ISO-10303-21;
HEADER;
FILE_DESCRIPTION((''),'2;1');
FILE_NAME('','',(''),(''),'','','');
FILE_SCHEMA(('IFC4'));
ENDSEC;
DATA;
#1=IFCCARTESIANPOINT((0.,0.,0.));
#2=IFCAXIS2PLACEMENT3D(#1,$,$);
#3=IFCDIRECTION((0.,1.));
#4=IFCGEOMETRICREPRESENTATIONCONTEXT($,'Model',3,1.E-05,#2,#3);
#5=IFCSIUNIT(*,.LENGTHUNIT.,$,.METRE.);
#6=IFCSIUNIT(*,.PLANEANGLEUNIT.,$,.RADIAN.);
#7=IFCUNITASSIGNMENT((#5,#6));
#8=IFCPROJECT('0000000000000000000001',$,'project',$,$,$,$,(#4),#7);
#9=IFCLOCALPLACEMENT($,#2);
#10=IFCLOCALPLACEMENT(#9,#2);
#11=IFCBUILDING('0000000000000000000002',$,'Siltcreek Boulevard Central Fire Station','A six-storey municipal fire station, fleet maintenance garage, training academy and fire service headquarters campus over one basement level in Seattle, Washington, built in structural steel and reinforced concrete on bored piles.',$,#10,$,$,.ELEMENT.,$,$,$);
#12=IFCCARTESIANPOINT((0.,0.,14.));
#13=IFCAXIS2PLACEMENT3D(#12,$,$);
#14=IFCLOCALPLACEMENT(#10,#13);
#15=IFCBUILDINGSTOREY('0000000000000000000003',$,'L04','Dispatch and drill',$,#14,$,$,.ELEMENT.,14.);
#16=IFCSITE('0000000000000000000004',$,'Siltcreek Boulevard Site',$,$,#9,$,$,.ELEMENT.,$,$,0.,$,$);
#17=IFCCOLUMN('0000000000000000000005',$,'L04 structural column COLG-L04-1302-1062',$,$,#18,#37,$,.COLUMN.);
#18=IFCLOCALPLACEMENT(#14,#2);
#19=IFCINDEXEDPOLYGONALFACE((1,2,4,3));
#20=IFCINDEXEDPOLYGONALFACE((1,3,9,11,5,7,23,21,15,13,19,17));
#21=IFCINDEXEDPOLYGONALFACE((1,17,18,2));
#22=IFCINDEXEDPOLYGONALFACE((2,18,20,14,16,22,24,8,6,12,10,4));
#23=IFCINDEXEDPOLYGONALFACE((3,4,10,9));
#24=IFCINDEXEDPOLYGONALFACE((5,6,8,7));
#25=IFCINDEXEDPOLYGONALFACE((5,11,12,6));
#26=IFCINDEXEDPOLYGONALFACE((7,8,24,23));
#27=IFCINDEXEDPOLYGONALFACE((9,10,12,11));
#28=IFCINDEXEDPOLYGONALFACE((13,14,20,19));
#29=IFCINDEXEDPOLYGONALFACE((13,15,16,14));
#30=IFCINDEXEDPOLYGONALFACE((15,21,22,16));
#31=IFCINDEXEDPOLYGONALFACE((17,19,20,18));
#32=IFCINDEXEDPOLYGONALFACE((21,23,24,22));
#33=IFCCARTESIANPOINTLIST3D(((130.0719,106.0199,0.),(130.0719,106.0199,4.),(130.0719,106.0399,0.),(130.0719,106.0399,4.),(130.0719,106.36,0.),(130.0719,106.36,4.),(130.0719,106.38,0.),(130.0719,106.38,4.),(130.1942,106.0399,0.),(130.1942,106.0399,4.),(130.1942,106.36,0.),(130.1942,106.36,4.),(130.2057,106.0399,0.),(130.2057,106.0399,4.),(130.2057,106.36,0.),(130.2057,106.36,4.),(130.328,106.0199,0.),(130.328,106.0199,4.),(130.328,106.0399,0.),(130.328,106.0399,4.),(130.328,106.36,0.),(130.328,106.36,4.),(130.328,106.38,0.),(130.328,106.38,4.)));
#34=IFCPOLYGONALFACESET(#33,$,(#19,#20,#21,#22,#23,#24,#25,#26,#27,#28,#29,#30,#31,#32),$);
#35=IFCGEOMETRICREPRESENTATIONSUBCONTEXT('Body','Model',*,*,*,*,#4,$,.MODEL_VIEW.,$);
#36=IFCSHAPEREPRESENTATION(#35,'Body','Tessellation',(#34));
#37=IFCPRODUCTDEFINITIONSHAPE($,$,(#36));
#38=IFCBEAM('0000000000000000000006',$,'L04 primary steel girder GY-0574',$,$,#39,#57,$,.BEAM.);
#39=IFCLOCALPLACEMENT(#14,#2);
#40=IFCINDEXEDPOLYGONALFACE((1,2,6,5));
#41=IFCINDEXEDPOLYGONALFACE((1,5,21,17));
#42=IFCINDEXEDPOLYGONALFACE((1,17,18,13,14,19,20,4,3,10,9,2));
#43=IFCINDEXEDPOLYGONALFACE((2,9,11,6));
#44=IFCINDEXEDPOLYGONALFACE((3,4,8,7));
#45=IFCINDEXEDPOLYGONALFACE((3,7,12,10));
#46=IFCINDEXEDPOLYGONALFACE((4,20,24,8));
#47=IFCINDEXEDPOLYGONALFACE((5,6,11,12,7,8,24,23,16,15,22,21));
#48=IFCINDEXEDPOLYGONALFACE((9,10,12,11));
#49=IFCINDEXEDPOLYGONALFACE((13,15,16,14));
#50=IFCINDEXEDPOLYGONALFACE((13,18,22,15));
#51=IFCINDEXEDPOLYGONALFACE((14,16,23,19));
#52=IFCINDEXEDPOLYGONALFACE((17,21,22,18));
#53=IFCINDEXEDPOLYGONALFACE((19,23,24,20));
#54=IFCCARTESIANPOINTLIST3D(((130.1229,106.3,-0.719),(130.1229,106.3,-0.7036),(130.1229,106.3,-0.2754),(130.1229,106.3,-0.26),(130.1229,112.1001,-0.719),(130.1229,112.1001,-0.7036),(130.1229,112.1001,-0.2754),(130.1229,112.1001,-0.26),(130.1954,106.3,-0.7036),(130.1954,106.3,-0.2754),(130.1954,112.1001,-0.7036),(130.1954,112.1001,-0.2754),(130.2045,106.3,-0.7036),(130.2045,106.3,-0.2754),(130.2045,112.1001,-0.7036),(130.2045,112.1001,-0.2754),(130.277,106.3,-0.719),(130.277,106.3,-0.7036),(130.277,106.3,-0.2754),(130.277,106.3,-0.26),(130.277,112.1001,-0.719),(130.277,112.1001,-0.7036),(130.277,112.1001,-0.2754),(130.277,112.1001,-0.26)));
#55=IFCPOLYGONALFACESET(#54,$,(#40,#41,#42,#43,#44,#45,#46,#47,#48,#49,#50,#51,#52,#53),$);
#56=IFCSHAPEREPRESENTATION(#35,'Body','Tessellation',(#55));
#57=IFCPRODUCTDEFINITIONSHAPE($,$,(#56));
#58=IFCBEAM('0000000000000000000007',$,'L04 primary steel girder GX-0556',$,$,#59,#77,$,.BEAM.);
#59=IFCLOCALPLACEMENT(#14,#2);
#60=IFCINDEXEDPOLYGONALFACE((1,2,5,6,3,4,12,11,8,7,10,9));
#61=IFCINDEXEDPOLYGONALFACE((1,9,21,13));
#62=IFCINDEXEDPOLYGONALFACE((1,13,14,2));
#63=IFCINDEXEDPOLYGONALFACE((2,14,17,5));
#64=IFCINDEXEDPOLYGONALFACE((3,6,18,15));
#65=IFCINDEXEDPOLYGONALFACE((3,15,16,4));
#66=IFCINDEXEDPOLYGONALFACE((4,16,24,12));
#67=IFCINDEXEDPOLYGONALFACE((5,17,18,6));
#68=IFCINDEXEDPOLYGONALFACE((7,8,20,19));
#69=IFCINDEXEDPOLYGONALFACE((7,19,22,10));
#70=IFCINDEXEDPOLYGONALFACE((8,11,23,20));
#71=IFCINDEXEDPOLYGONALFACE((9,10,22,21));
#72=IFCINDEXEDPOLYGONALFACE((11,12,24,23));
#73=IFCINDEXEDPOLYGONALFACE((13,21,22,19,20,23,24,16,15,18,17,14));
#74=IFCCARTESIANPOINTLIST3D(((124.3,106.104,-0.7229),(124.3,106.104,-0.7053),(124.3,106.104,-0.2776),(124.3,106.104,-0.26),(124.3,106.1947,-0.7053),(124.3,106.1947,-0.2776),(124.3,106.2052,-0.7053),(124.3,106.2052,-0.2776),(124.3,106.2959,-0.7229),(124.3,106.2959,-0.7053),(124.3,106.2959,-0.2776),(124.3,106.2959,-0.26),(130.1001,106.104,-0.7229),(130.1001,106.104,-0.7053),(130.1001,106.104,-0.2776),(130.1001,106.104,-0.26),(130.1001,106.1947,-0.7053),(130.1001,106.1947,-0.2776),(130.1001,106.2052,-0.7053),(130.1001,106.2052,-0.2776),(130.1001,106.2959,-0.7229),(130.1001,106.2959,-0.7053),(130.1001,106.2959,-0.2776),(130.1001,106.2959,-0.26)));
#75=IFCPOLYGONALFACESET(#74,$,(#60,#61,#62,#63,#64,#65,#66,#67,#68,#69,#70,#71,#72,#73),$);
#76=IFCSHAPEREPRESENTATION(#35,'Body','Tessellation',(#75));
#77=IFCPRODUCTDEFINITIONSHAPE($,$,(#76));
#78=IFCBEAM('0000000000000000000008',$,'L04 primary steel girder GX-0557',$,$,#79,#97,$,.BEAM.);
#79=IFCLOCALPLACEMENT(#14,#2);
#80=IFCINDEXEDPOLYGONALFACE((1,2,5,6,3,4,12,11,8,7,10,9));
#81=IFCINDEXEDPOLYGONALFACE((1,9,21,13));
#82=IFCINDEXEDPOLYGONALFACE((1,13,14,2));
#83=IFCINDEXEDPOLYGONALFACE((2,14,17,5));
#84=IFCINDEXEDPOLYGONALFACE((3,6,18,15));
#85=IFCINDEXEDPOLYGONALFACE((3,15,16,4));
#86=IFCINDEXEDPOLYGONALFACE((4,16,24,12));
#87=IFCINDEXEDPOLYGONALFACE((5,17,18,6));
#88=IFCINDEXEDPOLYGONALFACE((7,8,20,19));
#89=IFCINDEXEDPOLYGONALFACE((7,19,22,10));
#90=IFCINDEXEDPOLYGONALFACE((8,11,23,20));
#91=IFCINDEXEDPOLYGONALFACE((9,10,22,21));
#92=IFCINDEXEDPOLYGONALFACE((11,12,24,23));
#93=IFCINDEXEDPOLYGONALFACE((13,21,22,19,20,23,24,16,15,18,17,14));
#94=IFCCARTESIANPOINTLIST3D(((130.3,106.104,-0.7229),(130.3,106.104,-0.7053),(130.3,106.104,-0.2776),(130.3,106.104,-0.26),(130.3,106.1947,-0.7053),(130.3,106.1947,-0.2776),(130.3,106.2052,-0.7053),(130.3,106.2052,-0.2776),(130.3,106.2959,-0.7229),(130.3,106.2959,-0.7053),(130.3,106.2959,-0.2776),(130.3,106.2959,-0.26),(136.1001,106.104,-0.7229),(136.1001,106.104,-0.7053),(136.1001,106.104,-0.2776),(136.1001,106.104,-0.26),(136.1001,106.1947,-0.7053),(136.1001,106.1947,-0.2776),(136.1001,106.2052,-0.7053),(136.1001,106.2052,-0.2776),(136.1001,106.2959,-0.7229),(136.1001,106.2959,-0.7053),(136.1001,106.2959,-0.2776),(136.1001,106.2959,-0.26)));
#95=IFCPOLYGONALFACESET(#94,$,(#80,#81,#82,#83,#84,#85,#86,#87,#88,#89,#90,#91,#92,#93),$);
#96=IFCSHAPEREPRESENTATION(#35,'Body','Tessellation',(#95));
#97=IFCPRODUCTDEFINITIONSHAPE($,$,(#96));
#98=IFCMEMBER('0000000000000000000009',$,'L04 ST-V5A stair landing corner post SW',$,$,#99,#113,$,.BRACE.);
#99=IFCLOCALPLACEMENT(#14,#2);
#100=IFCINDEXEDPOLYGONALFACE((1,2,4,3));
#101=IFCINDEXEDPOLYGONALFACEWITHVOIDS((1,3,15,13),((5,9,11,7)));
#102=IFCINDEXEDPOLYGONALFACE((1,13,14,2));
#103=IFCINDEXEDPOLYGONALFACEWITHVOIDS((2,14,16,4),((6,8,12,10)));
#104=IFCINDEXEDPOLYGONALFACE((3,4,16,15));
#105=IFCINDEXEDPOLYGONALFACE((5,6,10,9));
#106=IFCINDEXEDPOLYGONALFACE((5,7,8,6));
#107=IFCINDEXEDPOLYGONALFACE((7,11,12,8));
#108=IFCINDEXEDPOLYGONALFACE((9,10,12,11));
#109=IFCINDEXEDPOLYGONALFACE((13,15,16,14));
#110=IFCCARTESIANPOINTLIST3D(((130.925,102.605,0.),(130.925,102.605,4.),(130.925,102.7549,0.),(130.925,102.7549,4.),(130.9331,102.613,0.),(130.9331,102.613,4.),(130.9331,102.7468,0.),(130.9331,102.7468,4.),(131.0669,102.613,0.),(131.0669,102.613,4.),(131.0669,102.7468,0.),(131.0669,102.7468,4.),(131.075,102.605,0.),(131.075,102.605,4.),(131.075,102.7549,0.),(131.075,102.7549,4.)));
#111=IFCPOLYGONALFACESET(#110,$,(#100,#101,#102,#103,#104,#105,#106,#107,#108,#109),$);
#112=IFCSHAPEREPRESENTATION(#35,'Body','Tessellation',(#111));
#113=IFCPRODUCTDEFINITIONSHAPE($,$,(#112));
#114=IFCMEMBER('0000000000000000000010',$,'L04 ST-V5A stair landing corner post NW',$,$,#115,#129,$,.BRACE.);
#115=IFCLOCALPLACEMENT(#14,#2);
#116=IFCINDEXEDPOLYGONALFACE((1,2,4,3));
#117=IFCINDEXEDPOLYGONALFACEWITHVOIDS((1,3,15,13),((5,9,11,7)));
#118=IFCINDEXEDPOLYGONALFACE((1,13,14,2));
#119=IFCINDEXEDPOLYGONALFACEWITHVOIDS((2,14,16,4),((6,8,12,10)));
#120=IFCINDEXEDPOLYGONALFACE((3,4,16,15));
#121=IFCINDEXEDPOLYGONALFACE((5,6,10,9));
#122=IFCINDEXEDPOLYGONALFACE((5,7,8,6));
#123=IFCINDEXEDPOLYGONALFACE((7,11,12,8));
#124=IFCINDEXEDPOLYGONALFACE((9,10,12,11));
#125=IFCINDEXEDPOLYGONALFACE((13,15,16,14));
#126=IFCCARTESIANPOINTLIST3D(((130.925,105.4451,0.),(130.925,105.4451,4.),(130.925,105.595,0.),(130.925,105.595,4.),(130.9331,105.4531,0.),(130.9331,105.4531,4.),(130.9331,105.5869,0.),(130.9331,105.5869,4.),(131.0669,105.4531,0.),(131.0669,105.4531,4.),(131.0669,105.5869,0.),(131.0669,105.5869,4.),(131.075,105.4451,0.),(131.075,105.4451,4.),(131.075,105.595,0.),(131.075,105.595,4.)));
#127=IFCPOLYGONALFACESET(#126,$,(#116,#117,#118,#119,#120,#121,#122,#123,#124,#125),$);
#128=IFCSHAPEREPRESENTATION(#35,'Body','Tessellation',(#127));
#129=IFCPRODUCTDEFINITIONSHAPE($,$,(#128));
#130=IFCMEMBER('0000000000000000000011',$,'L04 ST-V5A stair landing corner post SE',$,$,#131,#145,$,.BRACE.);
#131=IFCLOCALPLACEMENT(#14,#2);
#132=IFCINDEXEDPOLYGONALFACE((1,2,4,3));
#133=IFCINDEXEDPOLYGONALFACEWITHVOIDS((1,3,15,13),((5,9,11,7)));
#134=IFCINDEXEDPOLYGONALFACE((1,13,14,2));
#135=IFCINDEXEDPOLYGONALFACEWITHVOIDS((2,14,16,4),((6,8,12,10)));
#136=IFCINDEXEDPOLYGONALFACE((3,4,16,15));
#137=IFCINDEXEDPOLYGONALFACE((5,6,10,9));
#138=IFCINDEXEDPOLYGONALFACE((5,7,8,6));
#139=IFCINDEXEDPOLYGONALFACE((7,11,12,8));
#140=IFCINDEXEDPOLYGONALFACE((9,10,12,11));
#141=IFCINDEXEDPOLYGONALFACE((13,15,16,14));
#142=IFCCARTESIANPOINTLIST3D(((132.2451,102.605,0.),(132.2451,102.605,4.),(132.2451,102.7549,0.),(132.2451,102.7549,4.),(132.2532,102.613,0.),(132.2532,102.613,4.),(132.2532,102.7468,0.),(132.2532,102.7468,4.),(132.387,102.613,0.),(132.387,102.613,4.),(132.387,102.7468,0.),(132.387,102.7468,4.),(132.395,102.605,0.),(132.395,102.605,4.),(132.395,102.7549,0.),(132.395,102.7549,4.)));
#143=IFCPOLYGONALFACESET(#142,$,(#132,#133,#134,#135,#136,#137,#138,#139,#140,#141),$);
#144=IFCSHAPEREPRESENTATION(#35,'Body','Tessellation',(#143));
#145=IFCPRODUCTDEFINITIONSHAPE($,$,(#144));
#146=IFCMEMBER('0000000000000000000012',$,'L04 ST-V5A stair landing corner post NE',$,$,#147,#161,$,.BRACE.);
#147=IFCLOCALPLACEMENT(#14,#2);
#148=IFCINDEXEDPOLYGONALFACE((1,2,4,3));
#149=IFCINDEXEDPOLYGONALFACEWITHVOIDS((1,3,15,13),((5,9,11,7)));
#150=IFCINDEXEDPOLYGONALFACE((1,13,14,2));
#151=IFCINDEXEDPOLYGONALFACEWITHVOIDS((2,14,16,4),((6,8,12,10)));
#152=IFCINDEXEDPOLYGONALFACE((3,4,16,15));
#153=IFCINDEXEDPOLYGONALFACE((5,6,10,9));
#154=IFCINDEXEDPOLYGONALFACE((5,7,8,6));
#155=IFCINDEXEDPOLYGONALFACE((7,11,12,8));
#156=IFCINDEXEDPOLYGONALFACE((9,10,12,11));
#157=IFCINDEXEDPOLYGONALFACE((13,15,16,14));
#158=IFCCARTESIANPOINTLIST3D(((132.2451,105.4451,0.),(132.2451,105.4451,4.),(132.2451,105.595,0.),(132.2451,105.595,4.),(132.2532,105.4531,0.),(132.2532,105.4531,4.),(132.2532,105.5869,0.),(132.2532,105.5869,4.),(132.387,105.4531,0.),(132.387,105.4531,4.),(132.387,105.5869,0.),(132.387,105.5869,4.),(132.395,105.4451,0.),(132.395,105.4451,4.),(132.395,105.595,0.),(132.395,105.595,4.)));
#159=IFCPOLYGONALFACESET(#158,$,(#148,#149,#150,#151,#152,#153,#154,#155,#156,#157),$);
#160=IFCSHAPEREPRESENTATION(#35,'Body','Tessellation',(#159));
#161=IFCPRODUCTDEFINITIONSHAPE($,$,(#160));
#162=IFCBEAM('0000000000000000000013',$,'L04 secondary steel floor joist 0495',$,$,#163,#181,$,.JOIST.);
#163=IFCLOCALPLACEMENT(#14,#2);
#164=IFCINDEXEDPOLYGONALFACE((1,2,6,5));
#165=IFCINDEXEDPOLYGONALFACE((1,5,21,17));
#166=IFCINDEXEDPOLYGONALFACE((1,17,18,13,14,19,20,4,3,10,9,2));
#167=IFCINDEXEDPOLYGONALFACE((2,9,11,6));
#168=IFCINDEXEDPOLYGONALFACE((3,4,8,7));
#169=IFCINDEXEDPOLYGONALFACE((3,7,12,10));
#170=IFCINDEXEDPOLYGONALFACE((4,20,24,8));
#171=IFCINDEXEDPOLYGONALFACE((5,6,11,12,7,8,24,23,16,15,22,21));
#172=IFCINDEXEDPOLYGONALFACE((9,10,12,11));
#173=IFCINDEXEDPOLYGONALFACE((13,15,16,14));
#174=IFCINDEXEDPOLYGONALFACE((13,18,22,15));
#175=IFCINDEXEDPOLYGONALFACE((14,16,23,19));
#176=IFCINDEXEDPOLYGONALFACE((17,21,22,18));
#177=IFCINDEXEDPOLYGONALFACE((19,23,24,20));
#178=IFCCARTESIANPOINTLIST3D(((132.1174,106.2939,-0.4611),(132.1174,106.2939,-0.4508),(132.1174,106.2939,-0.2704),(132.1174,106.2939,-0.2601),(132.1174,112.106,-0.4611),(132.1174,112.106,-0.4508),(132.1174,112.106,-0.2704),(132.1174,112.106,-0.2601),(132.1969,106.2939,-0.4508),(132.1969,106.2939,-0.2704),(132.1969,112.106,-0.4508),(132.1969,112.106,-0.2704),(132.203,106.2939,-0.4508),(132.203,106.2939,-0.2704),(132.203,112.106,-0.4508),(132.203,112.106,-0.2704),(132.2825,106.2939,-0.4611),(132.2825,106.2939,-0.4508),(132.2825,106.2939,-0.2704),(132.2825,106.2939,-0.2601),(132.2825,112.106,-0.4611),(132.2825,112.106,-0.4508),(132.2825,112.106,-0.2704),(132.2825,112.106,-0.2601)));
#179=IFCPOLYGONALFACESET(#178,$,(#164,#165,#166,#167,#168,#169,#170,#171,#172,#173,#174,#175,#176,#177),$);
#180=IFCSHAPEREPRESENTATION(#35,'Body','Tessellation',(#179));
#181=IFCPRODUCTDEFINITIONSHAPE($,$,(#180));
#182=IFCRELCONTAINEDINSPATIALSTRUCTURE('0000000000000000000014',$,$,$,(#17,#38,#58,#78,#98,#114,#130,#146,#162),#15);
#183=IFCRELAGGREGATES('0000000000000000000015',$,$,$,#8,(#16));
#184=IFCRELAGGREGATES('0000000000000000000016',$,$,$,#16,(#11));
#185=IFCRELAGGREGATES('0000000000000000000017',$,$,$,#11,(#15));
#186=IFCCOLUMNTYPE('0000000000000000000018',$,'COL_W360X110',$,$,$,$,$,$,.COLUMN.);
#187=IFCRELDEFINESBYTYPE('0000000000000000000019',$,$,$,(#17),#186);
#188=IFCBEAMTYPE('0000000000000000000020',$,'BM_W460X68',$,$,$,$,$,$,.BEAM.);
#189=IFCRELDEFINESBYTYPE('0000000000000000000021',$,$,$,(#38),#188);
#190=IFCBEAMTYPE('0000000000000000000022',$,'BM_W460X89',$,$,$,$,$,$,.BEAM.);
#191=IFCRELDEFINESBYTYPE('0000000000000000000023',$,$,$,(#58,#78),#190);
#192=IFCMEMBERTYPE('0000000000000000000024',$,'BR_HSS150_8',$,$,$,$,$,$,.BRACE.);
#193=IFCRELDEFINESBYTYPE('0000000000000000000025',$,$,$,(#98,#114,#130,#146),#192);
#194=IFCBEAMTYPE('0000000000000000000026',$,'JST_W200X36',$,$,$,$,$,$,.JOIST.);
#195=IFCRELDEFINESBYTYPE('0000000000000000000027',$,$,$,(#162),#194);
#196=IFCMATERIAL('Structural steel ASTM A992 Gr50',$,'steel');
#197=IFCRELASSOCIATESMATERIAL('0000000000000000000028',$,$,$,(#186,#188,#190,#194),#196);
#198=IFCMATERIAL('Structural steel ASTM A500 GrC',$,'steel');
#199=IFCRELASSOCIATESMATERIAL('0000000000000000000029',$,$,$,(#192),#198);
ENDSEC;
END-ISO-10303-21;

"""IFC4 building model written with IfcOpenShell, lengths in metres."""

from ifc_helpers import new_model, si_unit, direction, frame, origin, origin_2d, place, context, subcontext, project, spatial, hollow_rectangle, i_section, extrude, material, material_profile, profile_set, type_object, element, save


model = new_model("IFC4")

# Units and contexts
model_context = context("Model", 3, precision=1e-05, world=origin(), true_north=direction((0.0, 1.0)))
body_context = subcontext(model_context, "Body", "Model", "MODEL_VIEW")
ifc_project = project(units=[si_unit("LENGTHUNIT", "METRE"), si_unit("PLANEANGLEUNIT", "RADIAN")], contexts=[model_context])

# Site, building, storey
site_placement = place(None, origin())
site = spatial("IfcSite", under=ifc_project, at=site_placement, Name="Siltcreek Boulevard Site", CompositionType="ELEMENT", RefElevation=0.0)
building_placement = place(site_placement, origin())
building = spatial("IfcBuilding", under=site, at=building_placement, Name="Siltcreek Boulevard Central Fire Station", Description="A six-storey municipal fire station, fleet maintenance garage, training academy and fire service headquarters campus over one basement level in Seattle, Washington, built in structural steel and reinforced concrete on bored piles.", CompositionType="ELEMENT")
storey_placement = place(building_placement, frame((0.0, 0.0, 14.0)))
storey = spatial("IfcBuildingStorey", under=building, at=storey_placement, Name="L04", Description="Dispatch and drill", CompositionType="ELEMENT", Elevation=14.0)

# Column
ifc_material_1 = material(Name="Structural steel ASTM A992 Gr50", Category="steel")
ifc_material_profile_1 = material_profile(ifc_material_1, i_section(OverallWidth=0.2561, OverallDepth=0.3601, WebThickness=0.0115, FlangeThickness=0.02, at=origin_2d()), Name="W360X110")
ifc_profile_set_1 = profile_set([ifc_material_profile_1], Name="Structural steel ASTM A992 Gr50")
column_type = type_object("IfcColumnType", Name="COL_W360X110", PredefinedType="COLUMN", material=ifc_profile_set_1)
column_placement = place(storey_placement, frame((130.2, 106.2, 0.0), z_axis=(0.0, 0.0, 1.0), x_axis=(1.0, 0.0, 0.0)))
element("IfcColumn", 1, at=column_placement, inside=storey, type_object=column_type, Name="L04 structural column COLG-L04-1302-1062", PredefinedType="COLUMN", context=body_context, shape_type="SweptSolid", body=[
    extrude(i_section(OverallWidth=0.2561, OverallDepth=0.3601, WebThickness=0.0115, FlangeThickness=0.02, at=origin_2d()), origin(), (0.0, 0.0, 1.0), 4.0),
])

# Beams
ifc_material_profile_2 = material_profile(ifc_material_1, i_section(OverallWidth=0.1541, OverallDepth=0.459, WebThickness=0.009, FlangeThickness=0.0154, at=origin_2d()), Name="W460X68")
ifc_profile_set_2 = profile_set([ifc_material_profile_2], Name="Structural steel ASTM A992 Gr50")
beam_type_1 = type_object("IfcBeamType", Name="BM_W460X68", PredefinedType="BEAM", material=ifc_profile_set_2)
beam_1_placement = place(storey_placement, frame((130.2, 106.3, -0.4895), z_axis=(0.0, 1.0, 0.0), x_axis=(-1.0, 0.0, 0.0)))
element("IfcBeam", 2, at=beam_1_placement, inside=storey, type_object=beam_type_1, Name="L04 primary steel girder GY-0574", PredefinedType="BEAM", context=body_context, shape_type="SweptSolid", body=[
    extrude(i_section(OverallWidth=0.1541, OverallDepth=0.459, WebThickness=0.009, FlangeThickness=0.0154, at=origin_2d()), origin(), (0.0, 0.0, 1.0), 5.8),
])
ifc_material_profile_3 = material_profile(ifc_material_1, i_section(OverallWidth=0.1919, OverallDepth=0.4629, WebThickness=0.0105, FlangeThickness=0.0176, at=origin_2d()), Name="W460X89")
ifc_profile_set_3 = profile_set([ifc_material_profile_3], Name="Structural steel ASTM A992 Gr50")
beam_type_2 = type_object("IfcBeamType", Name="BM_W460X89", PredefinedType="BEAM", material=ifc_profile_set_3)
for number, where, z_axis, x_axis, name in (
    (3, (124.3, 106.2, -0.4915), (1.0, 0.0, 0.0), (0.0, 1.0, 0.0), "L04 primary steel girder GX-0556"),
    (4, (130.3, 106.2, -0.4915), (1.0, 0.0, 0.0), (0.0, 1.0, 0.0), "L04 primary steel girder GX-0557"),
):
    element("IfcBeam", number, at=place(storey_placement, frame(where, z_axis=z_axis, x_axis=x_axis)), inside=storey, type_object=beam_type_2, Name=name, PredefinedType="BEAM", context=body_context, shape_type="SweptSolid", body=[
        extrude(i_section(OverallWidth=0.1919, OverallDepth=0.4629, WebThickness=0.0105, FlangeThickness=0.0176, at=origin_2d()), origin(), (0.0, 0.0, 1.0), 5.8),
    ])

# Members
ifc_material_2 = material(Name="Structural steel ASTM A500 GrC", Category="steel")
ifc_material_profile_4 = material_profile(ifc_material_2, hollow_rectangle(XDim=0.1499, YDim=0.1499, WallThickness=0.0081, at=origin_2d()), Name="HSS150X150X8.0")
ifc_profile_set_4 = profile_set([ifc_material_profile_4], Name="Structural steel ASTM A500 GrC")
member_type = type_object("IfcMemberType", Name="BR_HSS150_8", PredefinedType="BRACE", material=ifc_profile_set_4)
for number, where, z_axis, x_axis, name in (
    (5, (131.0, 102.6799, 0.0), (0.0, 0.0, 1.0), (1.0, 0.0, 0.0), "L04 ST-V5A stair landing corner post SW"),
    (6, (131.0, 105.52, 0.0), (0.0, 0.0, 1.0), (1.0, 0.0, 0.0), "L04 ST-V5A stair landing corner post NW"),
    (7, (132.3201, 102.6799, 0.0), (0.0, 0.0, 1.0), (1.0, 0.0, 0.0), "L04 ST-V5A stair landing corner post SE"),
    (8, (132.3201, 105.52, 0.0), (0.0, 0.0, 1.0), (1.0, 0.0, 0.0), "L04 ST-V5A stair landing corner post NE"),
):
    element("IfcMember", number, at=place(storey_placement, frame(where, z_axis=z_axis, x_axis=x_axis)), inside=storey, type_object=member_type, Name=name, PredefinedType="BRACE", context=body_context, shape_type="SweptSolid", body=[
        extrude(hollow_rectangle(XDim=0.1499, YDim=0.1499, WallThickness=0.0081, at=origin_2d()), origin(), (0.0, 0.0, 1.0), 4.0),
    ])

# Beam
ifc_material_profile_5 = material_profile(ifc_material_1, i_section(OverallWidth=0.165, OverallDepth=0.2009, WebThickness=0.0061, FlangeThickness=0.0103, at=origin_2d()), Name="W200X36")
ifc_profile_set_5 = profile_set([ifc_material_profile_5], Name="Structural steel ASTM A992 Gr50")
beam_type_3 = type_object("IfcBeamType", Name="JST_W200X36", PredefinedType="JOIST", material=ifc_profile_set_5)
beam_2_placement = place(storey_placement, frame((132.2, 106.2939, -0.3606), z_axis=(0.0, 1.0, 0.0), x_axis=(-1.0, 0.0, 0.0)))
element("IfcBeam", 9, at=beam_2_placement, inside=storey, type_object=beam_type_3, Name="L04 secondary steel floor joist 0495", PredefinedType="JOIST", context=body_context, shape_type="SweptSolid", body=[
    extrude(i_section(OverallWidth=0.165, OverallDepth=0.2009, WebThickness=0.0061, FlangeThickness=0.0103, at=origin_2d()), origin(), (0.0, 0.0, 1.0), 5.812),
])

save(model, "model.ifc")
